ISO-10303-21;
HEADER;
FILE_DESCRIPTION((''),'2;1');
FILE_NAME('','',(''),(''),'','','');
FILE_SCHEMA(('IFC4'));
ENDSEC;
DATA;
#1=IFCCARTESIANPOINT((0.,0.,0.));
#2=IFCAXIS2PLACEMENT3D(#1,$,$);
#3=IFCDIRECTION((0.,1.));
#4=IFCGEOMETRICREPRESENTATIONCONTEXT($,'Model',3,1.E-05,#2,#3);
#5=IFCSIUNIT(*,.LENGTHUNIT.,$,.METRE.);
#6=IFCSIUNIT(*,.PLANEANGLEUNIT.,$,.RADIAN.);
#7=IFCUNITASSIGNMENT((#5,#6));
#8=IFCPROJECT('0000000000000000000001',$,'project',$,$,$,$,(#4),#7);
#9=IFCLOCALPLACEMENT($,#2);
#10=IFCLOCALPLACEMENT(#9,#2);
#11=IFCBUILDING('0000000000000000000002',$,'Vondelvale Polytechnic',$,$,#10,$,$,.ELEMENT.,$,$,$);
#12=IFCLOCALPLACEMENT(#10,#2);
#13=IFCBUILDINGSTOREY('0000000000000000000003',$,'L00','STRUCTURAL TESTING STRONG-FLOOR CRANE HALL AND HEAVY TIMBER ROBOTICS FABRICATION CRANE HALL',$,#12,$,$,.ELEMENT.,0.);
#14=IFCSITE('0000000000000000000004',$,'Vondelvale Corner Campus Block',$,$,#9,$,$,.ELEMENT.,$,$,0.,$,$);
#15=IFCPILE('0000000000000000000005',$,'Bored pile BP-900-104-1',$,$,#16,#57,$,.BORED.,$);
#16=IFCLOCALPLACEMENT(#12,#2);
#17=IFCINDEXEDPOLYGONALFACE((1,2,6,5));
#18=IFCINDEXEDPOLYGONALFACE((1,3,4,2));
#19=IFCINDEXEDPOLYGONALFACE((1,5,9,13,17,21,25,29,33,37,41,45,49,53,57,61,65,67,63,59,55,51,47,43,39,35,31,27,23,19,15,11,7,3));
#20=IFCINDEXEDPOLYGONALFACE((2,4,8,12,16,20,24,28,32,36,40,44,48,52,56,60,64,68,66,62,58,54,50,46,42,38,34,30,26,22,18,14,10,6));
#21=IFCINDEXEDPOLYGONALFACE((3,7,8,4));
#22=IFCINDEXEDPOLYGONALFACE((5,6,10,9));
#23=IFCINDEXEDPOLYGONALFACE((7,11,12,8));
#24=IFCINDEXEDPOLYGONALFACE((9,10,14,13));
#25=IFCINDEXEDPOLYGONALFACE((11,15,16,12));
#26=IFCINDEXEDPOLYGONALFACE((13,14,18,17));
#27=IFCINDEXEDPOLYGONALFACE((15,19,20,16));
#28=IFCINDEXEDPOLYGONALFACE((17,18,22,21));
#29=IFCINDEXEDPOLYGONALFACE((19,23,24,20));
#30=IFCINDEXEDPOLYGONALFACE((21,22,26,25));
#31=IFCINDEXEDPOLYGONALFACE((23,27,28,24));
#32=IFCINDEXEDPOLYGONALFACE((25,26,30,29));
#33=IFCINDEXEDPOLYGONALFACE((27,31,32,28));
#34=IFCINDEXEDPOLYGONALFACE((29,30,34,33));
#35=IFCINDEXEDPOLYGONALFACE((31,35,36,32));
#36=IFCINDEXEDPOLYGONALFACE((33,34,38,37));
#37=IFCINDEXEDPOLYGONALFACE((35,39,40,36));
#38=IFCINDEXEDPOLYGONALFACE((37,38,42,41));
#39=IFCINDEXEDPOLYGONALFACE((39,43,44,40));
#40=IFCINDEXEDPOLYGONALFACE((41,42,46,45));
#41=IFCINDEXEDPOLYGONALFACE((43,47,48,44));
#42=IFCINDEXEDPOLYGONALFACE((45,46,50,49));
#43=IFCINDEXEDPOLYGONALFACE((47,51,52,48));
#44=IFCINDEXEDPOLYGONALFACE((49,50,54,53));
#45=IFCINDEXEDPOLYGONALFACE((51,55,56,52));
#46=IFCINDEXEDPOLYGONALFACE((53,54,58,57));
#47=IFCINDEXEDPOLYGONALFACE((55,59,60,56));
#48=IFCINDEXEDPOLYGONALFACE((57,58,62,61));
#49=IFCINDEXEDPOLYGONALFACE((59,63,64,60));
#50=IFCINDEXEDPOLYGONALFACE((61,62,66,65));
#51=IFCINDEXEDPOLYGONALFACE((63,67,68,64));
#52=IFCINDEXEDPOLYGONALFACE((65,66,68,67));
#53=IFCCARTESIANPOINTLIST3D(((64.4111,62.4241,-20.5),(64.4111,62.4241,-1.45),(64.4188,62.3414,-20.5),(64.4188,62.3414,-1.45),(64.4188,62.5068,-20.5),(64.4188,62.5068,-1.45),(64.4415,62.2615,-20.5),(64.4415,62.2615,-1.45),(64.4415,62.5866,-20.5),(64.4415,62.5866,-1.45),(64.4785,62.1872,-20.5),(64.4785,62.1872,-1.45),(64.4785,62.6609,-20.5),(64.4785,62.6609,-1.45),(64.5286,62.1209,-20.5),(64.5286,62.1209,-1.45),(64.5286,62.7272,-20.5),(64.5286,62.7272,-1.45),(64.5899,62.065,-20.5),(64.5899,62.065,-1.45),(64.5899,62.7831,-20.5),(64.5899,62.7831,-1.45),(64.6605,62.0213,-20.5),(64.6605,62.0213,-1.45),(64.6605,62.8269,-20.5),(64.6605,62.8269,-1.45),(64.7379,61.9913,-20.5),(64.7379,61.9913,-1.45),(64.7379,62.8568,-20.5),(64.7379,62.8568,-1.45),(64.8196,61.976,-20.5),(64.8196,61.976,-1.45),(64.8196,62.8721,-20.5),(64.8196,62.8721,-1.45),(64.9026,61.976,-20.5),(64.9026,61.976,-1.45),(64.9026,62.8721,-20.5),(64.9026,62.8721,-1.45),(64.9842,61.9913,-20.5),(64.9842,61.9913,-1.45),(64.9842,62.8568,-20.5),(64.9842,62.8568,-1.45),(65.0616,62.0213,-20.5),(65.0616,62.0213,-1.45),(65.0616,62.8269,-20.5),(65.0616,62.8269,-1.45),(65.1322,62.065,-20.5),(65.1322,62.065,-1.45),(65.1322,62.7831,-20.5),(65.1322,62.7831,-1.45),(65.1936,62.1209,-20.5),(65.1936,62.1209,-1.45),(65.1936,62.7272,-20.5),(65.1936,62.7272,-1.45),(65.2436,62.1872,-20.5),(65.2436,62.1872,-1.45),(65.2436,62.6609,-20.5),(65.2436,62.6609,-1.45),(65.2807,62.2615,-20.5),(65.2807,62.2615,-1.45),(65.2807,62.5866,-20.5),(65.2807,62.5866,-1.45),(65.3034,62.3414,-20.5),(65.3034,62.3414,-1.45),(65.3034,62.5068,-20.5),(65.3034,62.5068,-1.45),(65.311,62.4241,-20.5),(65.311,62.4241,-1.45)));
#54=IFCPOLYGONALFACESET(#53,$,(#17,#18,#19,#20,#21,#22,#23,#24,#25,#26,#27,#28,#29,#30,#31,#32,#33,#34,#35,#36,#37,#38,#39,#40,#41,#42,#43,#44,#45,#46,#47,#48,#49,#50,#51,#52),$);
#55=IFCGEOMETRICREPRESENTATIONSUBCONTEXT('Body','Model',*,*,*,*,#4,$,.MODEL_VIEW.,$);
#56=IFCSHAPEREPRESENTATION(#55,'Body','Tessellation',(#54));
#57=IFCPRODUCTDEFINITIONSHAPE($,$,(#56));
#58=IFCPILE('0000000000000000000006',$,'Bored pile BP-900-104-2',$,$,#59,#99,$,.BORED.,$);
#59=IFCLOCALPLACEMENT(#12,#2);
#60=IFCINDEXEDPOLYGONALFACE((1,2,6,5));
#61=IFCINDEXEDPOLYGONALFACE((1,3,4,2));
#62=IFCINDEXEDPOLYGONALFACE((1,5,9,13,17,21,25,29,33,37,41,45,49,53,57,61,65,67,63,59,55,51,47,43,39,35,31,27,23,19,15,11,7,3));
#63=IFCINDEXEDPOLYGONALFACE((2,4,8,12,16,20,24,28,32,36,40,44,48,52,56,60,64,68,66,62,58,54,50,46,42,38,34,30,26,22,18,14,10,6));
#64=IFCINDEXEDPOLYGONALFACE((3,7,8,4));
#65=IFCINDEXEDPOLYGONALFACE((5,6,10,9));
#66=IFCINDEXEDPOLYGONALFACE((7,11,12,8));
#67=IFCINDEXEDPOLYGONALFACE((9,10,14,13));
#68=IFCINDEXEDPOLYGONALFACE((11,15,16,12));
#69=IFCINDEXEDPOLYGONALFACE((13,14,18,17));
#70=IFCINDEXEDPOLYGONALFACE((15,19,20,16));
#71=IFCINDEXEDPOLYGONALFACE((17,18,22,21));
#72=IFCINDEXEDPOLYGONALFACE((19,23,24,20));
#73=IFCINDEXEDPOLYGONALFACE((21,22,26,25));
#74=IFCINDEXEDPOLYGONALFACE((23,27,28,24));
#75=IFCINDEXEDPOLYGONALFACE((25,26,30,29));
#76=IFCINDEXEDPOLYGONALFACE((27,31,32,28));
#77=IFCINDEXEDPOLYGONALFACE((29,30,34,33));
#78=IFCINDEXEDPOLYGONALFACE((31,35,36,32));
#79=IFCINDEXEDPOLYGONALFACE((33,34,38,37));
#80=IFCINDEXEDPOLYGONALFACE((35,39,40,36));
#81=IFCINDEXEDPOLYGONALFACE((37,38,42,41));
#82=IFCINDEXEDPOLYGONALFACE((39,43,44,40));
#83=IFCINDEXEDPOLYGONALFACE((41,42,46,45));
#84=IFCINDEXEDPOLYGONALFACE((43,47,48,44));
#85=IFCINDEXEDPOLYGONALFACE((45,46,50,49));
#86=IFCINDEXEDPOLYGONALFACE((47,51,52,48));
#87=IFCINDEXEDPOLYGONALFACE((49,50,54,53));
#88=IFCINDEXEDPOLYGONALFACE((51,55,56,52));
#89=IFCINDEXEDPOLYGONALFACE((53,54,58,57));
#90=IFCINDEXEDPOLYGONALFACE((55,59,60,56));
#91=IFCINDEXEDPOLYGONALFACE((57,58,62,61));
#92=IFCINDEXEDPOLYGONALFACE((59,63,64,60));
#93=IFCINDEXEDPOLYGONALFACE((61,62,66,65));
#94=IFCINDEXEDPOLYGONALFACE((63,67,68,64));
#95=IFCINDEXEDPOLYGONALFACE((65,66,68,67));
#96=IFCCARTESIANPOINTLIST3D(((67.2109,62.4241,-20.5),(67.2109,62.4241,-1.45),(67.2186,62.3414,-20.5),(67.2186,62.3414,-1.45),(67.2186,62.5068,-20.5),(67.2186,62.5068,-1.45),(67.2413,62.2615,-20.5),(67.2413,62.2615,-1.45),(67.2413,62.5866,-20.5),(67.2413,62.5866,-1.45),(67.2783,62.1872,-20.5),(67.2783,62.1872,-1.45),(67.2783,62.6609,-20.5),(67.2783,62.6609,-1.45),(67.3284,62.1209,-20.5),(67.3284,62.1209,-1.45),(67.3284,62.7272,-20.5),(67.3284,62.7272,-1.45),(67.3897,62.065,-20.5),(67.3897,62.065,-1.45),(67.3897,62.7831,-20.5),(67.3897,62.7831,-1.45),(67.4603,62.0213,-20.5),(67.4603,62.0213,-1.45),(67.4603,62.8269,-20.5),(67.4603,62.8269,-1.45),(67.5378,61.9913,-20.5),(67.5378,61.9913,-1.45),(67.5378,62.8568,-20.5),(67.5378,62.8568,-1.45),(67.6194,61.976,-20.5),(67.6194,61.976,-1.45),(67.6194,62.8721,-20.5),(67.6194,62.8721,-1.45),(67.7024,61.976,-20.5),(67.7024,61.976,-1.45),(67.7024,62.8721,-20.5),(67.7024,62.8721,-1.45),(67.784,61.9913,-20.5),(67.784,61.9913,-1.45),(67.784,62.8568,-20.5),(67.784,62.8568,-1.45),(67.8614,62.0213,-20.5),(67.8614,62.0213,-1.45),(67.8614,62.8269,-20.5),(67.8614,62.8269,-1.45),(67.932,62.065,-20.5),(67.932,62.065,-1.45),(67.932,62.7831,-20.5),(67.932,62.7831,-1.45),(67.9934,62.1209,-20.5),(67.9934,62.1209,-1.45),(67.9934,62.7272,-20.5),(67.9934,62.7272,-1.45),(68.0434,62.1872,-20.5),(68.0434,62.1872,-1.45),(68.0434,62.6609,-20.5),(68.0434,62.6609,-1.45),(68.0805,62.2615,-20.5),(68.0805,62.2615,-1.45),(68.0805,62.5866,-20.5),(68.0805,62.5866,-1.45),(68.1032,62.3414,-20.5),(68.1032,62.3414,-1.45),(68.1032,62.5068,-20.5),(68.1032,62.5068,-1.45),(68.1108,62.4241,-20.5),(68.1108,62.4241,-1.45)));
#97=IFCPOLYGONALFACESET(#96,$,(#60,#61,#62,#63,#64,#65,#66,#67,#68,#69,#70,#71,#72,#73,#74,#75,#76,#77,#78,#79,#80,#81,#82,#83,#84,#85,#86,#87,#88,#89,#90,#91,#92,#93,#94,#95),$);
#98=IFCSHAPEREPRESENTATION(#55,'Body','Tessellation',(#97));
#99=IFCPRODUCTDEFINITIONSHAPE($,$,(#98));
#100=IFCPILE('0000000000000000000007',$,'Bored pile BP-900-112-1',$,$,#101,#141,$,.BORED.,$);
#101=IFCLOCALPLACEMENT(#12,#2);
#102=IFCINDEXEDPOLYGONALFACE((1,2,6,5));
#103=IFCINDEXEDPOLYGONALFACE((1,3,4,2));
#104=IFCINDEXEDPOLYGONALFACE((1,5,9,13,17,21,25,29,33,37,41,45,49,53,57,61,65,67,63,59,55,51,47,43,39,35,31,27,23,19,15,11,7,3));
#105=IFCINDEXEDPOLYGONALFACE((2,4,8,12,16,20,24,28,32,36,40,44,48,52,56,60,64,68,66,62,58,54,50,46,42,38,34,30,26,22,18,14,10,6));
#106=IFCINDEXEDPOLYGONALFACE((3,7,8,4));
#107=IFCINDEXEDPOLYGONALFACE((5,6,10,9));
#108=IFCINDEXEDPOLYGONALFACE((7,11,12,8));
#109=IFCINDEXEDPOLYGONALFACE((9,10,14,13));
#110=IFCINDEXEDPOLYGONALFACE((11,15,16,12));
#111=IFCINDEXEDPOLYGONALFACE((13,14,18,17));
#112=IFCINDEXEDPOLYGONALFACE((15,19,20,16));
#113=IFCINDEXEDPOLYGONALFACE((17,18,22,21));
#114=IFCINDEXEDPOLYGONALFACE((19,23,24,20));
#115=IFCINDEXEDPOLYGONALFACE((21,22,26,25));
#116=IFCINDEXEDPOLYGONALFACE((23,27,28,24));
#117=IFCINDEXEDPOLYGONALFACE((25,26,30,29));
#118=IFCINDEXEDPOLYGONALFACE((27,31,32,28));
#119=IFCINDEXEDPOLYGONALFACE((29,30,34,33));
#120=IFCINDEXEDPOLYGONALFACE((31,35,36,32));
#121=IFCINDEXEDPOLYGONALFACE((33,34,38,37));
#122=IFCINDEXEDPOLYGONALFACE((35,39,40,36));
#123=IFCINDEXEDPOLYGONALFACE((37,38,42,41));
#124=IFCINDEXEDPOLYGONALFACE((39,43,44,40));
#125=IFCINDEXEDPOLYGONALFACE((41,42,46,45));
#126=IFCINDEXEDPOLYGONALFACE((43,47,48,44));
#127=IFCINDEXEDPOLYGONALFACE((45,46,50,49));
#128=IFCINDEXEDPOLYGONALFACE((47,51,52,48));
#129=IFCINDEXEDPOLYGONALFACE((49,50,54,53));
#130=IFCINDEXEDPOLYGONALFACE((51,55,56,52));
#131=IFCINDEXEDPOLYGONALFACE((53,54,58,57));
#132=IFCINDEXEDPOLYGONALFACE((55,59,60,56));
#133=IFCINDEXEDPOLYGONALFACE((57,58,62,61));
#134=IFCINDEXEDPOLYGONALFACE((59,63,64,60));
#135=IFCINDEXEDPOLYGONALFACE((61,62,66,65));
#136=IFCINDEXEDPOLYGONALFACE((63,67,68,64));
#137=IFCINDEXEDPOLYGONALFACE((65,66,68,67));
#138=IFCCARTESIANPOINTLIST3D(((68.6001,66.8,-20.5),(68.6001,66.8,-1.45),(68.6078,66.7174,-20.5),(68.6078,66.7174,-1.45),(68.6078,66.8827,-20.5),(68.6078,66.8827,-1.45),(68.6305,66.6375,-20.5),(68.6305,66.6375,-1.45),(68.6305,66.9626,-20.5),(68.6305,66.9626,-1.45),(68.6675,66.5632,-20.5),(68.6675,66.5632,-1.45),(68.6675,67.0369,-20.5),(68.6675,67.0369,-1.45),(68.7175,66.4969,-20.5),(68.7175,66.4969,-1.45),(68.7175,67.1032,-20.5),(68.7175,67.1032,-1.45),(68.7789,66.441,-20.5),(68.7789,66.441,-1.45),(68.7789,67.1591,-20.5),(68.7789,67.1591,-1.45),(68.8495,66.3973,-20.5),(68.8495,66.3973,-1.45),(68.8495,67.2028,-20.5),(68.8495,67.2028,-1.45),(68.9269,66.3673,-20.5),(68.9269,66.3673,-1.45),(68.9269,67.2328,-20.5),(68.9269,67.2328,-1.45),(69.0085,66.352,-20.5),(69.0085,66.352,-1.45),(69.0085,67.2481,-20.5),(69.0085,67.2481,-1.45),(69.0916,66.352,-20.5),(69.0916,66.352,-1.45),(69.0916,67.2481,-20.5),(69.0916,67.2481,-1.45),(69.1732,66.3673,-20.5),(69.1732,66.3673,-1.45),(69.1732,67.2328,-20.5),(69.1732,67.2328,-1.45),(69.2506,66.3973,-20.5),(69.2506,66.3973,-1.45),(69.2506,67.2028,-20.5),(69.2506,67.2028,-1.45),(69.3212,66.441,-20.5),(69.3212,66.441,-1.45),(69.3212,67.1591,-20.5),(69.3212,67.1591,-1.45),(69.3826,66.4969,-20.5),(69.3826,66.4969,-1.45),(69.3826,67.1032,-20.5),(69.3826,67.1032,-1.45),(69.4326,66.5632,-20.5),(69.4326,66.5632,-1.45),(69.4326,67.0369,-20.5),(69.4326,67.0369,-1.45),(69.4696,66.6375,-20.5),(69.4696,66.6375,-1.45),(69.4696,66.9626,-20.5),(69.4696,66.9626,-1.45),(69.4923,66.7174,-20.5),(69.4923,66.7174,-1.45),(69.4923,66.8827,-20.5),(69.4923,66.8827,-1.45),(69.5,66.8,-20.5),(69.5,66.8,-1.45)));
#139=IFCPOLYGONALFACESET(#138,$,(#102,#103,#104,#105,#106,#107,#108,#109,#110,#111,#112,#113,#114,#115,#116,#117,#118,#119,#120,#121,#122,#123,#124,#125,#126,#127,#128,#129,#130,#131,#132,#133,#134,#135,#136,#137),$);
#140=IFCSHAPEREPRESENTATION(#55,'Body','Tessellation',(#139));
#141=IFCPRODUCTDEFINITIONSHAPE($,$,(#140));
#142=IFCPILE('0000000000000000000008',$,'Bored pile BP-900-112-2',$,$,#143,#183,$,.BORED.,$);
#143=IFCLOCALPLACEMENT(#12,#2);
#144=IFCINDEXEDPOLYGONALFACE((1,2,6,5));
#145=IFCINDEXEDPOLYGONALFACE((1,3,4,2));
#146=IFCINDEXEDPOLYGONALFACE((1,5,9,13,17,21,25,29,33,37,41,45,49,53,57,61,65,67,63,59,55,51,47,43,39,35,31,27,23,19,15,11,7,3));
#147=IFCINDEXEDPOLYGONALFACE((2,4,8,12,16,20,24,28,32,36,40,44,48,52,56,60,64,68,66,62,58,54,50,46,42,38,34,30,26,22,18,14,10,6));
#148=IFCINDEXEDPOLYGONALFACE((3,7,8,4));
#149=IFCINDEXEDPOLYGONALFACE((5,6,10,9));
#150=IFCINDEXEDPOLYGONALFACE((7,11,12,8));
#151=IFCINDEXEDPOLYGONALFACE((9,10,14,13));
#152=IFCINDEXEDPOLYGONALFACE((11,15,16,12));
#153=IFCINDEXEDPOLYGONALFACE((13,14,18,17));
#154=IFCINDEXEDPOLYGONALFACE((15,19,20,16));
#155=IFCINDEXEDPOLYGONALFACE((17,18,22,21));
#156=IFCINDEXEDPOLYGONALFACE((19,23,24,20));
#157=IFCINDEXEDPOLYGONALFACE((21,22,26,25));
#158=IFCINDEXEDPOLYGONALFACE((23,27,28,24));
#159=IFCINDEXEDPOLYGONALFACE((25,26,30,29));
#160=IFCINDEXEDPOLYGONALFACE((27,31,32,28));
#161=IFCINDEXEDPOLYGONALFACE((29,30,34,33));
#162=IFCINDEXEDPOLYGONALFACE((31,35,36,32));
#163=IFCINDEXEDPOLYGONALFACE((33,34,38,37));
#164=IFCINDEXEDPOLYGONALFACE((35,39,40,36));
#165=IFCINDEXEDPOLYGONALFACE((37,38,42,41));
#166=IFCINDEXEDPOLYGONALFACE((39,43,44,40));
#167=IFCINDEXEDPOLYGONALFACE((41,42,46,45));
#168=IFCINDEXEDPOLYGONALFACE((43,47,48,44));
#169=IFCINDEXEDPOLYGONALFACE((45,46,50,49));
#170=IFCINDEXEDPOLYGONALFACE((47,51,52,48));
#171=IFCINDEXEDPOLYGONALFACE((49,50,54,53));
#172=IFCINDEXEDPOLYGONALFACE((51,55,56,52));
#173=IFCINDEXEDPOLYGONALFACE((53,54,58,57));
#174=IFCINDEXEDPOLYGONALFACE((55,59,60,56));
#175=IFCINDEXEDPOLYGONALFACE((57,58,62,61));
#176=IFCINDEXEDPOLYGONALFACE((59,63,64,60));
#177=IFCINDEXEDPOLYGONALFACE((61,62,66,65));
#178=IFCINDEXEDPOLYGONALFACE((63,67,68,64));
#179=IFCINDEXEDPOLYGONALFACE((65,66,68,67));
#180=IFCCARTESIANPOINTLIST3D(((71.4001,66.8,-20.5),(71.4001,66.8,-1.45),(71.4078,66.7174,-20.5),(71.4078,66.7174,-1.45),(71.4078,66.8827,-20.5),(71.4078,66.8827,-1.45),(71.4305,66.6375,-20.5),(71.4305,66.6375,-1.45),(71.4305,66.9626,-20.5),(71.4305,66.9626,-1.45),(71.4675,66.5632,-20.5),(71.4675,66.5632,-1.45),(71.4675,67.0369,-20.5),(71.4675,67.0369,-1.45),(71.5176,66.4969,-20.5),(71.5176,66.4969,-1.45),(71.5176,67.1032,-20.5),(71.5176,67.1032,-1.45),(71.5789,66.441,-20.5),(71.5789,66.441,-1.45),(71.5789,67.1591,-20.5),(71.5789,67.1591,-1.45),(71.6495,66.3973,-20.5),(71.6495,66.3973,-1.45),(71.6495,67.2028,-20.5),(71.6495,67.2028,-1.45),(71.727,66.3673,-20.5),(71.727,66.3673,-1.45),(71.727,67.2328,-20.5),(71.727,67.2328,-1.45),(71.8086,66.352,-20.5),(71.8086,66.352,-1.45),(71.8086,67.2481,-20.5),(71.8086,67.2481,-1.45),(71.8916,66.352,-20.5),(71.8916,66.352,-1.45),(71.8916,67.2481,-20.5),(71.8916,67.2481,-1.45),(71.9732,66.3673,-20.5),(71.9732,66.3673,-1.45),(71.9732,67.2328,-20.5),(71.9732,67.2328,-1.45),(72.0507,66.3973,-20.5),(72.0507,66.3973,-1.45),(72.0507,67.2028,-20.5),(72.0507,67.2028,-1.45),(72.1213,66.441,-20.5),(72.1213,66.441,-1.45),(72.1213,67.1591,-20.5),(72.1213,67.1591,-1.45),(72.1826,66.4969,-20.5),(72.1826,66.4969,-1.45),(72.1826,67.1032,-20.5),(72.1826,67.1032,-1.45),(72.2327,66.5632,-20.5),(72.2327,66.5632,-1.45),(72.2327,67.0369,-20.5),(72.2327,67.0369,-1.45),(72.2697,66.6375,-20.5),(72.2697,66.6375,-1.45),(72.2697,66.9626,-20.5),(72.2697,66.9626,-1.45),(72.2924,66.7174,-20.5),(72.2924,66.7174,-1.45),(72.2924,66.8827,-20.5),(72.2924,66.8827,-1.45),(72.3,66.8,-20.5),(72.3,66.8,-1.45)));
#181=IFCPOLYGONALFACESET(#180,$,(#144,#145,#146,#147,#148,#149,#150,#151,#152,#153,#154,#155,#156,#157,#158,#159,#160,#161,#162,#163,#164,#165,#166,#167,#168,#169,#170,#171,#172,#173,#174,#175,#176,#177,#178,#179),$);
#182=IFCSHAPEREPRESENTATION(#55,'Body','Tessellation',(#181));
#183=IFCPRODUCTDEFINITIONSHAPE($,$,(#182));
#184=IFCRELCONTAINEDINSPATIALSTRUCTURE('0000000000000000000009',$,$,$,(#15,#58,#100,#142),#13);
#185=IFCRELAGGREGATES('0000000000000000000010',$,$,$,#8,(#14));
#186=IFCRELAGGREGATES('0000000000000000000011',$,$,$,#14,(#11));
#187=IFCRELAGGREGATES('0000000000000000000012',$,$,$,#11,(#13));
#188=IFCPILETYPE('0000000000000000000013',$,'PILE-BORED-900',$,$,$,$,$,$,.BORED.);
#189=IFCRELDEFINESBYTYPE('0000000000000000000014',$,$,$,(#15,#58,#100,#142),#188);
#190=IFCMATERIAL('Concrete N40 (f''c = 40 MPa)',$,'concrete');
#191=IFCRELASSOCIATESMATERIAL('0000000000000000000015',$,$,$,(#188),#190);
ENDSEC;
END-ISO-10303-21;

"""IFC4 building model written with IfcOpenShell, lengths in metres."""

from ifc_helpers import new_model, si_unit, direction, frame, origin, origin_2d, place, context, subcontext, project, spatial, circle, extrude, material, material_profile, profile_set, type_object, element, save


model = new_model("IFC4")

# Units and contexts
model_context = context("Model", 3, precision=1e-05, world=origin(), true_north=direction((0.0, 1.0)))
body_context = subcontext(model_context, "Body", "Model", "MODEL_VIEW")
ifc_project = project(units=[si_unit("LENGTHUNIT", "METRE"), si_unit("PLANEANGLEUNIT", "RADIAN")], contexts=[model_context])

# Site, building, storey
site_placement = place(None, origin())
site = spatial("IfcSite", under=ifc_project, at=site_placement, Name="Vondelvale Corner Campus Block", CompositionType="ELEMENT", RefElevation=0.0)
building_placement = place(site_placement, origin())
building = spatial("IfcBuilding", under=site, at=building_placement, Name="Vondelvale Polytechnic", CompositionType="ELEMENT")
storey_placement = place(building_placement, origin())
storey = spatial("IfcBuildingStorey", under=building, at=storey_placement, Name="L00", Description="STRUCTURAL TESTING STRONG-FLOOR CRANE HALL AND HEAVY TIMBER ROBOTICS FABRICATION CRANE HALL", CompositionType="ELEMENT", Elevation=0.0)

# Shared definitions
ifc_material_1 = material(Name="Concrete N40 (f'c = 40 MPa)", Category="concrete")

# Piles
ifc_material_profile_1 = material_profile(ifc_material_1, circle(Radius=0.45, at=origin_2d()), Name="PILE-D900")
ifc_profile_set_1 = profile_set([ifc_material_profile_1], Name="Concrete N40 (f'c = 40 MPa)")
pile_type_1 = type_object("IfcPileType", Name="PILE-BORED-900", PredefinedType="BORED", material=ifc_profile_set_1)
for number, where, z_axis, x_axis, name in (
    (1, (64.8611, 62.4241, -1.45), (0.0, 0.0, -1.0), (1.0, 0.0, 0.0), "Bored pile BP-900-104-1"),
    (2, (67.6609, 62.4241, -1.45), (0.0, 0.0, -1.0), (1.0, 0.0, 0.0), "Bored pile BP-900-104-2"),
    (3, (69.05, 66.8, -1.45), (0.0, 0.0, -1.0), (1.0, 0.0, 0.0), "Bored pile BP-900-112-1"),
    (4, (71.8501, 66.8, -1.45), (0.0, 0.0, -1.0), (1.0, 0.0, 0.0), "Bored pile BP-900-112-2"),
):
    element("IfcPile", number, at=place(storey_placement, frame(where, z_axis=z_axis, x_axis=x_axis)), inside=storey, type_object=pile_type_1, Name=name, PredefinedType="BORED", context=body_context, shape_type="SweptSolid", body=[
        extrude(circle(Radius=0.45, at=origin_2d()), origin(), (0.0, 0.0, 1.0), 19.05),
    ])

save(model, "model.ifc")
